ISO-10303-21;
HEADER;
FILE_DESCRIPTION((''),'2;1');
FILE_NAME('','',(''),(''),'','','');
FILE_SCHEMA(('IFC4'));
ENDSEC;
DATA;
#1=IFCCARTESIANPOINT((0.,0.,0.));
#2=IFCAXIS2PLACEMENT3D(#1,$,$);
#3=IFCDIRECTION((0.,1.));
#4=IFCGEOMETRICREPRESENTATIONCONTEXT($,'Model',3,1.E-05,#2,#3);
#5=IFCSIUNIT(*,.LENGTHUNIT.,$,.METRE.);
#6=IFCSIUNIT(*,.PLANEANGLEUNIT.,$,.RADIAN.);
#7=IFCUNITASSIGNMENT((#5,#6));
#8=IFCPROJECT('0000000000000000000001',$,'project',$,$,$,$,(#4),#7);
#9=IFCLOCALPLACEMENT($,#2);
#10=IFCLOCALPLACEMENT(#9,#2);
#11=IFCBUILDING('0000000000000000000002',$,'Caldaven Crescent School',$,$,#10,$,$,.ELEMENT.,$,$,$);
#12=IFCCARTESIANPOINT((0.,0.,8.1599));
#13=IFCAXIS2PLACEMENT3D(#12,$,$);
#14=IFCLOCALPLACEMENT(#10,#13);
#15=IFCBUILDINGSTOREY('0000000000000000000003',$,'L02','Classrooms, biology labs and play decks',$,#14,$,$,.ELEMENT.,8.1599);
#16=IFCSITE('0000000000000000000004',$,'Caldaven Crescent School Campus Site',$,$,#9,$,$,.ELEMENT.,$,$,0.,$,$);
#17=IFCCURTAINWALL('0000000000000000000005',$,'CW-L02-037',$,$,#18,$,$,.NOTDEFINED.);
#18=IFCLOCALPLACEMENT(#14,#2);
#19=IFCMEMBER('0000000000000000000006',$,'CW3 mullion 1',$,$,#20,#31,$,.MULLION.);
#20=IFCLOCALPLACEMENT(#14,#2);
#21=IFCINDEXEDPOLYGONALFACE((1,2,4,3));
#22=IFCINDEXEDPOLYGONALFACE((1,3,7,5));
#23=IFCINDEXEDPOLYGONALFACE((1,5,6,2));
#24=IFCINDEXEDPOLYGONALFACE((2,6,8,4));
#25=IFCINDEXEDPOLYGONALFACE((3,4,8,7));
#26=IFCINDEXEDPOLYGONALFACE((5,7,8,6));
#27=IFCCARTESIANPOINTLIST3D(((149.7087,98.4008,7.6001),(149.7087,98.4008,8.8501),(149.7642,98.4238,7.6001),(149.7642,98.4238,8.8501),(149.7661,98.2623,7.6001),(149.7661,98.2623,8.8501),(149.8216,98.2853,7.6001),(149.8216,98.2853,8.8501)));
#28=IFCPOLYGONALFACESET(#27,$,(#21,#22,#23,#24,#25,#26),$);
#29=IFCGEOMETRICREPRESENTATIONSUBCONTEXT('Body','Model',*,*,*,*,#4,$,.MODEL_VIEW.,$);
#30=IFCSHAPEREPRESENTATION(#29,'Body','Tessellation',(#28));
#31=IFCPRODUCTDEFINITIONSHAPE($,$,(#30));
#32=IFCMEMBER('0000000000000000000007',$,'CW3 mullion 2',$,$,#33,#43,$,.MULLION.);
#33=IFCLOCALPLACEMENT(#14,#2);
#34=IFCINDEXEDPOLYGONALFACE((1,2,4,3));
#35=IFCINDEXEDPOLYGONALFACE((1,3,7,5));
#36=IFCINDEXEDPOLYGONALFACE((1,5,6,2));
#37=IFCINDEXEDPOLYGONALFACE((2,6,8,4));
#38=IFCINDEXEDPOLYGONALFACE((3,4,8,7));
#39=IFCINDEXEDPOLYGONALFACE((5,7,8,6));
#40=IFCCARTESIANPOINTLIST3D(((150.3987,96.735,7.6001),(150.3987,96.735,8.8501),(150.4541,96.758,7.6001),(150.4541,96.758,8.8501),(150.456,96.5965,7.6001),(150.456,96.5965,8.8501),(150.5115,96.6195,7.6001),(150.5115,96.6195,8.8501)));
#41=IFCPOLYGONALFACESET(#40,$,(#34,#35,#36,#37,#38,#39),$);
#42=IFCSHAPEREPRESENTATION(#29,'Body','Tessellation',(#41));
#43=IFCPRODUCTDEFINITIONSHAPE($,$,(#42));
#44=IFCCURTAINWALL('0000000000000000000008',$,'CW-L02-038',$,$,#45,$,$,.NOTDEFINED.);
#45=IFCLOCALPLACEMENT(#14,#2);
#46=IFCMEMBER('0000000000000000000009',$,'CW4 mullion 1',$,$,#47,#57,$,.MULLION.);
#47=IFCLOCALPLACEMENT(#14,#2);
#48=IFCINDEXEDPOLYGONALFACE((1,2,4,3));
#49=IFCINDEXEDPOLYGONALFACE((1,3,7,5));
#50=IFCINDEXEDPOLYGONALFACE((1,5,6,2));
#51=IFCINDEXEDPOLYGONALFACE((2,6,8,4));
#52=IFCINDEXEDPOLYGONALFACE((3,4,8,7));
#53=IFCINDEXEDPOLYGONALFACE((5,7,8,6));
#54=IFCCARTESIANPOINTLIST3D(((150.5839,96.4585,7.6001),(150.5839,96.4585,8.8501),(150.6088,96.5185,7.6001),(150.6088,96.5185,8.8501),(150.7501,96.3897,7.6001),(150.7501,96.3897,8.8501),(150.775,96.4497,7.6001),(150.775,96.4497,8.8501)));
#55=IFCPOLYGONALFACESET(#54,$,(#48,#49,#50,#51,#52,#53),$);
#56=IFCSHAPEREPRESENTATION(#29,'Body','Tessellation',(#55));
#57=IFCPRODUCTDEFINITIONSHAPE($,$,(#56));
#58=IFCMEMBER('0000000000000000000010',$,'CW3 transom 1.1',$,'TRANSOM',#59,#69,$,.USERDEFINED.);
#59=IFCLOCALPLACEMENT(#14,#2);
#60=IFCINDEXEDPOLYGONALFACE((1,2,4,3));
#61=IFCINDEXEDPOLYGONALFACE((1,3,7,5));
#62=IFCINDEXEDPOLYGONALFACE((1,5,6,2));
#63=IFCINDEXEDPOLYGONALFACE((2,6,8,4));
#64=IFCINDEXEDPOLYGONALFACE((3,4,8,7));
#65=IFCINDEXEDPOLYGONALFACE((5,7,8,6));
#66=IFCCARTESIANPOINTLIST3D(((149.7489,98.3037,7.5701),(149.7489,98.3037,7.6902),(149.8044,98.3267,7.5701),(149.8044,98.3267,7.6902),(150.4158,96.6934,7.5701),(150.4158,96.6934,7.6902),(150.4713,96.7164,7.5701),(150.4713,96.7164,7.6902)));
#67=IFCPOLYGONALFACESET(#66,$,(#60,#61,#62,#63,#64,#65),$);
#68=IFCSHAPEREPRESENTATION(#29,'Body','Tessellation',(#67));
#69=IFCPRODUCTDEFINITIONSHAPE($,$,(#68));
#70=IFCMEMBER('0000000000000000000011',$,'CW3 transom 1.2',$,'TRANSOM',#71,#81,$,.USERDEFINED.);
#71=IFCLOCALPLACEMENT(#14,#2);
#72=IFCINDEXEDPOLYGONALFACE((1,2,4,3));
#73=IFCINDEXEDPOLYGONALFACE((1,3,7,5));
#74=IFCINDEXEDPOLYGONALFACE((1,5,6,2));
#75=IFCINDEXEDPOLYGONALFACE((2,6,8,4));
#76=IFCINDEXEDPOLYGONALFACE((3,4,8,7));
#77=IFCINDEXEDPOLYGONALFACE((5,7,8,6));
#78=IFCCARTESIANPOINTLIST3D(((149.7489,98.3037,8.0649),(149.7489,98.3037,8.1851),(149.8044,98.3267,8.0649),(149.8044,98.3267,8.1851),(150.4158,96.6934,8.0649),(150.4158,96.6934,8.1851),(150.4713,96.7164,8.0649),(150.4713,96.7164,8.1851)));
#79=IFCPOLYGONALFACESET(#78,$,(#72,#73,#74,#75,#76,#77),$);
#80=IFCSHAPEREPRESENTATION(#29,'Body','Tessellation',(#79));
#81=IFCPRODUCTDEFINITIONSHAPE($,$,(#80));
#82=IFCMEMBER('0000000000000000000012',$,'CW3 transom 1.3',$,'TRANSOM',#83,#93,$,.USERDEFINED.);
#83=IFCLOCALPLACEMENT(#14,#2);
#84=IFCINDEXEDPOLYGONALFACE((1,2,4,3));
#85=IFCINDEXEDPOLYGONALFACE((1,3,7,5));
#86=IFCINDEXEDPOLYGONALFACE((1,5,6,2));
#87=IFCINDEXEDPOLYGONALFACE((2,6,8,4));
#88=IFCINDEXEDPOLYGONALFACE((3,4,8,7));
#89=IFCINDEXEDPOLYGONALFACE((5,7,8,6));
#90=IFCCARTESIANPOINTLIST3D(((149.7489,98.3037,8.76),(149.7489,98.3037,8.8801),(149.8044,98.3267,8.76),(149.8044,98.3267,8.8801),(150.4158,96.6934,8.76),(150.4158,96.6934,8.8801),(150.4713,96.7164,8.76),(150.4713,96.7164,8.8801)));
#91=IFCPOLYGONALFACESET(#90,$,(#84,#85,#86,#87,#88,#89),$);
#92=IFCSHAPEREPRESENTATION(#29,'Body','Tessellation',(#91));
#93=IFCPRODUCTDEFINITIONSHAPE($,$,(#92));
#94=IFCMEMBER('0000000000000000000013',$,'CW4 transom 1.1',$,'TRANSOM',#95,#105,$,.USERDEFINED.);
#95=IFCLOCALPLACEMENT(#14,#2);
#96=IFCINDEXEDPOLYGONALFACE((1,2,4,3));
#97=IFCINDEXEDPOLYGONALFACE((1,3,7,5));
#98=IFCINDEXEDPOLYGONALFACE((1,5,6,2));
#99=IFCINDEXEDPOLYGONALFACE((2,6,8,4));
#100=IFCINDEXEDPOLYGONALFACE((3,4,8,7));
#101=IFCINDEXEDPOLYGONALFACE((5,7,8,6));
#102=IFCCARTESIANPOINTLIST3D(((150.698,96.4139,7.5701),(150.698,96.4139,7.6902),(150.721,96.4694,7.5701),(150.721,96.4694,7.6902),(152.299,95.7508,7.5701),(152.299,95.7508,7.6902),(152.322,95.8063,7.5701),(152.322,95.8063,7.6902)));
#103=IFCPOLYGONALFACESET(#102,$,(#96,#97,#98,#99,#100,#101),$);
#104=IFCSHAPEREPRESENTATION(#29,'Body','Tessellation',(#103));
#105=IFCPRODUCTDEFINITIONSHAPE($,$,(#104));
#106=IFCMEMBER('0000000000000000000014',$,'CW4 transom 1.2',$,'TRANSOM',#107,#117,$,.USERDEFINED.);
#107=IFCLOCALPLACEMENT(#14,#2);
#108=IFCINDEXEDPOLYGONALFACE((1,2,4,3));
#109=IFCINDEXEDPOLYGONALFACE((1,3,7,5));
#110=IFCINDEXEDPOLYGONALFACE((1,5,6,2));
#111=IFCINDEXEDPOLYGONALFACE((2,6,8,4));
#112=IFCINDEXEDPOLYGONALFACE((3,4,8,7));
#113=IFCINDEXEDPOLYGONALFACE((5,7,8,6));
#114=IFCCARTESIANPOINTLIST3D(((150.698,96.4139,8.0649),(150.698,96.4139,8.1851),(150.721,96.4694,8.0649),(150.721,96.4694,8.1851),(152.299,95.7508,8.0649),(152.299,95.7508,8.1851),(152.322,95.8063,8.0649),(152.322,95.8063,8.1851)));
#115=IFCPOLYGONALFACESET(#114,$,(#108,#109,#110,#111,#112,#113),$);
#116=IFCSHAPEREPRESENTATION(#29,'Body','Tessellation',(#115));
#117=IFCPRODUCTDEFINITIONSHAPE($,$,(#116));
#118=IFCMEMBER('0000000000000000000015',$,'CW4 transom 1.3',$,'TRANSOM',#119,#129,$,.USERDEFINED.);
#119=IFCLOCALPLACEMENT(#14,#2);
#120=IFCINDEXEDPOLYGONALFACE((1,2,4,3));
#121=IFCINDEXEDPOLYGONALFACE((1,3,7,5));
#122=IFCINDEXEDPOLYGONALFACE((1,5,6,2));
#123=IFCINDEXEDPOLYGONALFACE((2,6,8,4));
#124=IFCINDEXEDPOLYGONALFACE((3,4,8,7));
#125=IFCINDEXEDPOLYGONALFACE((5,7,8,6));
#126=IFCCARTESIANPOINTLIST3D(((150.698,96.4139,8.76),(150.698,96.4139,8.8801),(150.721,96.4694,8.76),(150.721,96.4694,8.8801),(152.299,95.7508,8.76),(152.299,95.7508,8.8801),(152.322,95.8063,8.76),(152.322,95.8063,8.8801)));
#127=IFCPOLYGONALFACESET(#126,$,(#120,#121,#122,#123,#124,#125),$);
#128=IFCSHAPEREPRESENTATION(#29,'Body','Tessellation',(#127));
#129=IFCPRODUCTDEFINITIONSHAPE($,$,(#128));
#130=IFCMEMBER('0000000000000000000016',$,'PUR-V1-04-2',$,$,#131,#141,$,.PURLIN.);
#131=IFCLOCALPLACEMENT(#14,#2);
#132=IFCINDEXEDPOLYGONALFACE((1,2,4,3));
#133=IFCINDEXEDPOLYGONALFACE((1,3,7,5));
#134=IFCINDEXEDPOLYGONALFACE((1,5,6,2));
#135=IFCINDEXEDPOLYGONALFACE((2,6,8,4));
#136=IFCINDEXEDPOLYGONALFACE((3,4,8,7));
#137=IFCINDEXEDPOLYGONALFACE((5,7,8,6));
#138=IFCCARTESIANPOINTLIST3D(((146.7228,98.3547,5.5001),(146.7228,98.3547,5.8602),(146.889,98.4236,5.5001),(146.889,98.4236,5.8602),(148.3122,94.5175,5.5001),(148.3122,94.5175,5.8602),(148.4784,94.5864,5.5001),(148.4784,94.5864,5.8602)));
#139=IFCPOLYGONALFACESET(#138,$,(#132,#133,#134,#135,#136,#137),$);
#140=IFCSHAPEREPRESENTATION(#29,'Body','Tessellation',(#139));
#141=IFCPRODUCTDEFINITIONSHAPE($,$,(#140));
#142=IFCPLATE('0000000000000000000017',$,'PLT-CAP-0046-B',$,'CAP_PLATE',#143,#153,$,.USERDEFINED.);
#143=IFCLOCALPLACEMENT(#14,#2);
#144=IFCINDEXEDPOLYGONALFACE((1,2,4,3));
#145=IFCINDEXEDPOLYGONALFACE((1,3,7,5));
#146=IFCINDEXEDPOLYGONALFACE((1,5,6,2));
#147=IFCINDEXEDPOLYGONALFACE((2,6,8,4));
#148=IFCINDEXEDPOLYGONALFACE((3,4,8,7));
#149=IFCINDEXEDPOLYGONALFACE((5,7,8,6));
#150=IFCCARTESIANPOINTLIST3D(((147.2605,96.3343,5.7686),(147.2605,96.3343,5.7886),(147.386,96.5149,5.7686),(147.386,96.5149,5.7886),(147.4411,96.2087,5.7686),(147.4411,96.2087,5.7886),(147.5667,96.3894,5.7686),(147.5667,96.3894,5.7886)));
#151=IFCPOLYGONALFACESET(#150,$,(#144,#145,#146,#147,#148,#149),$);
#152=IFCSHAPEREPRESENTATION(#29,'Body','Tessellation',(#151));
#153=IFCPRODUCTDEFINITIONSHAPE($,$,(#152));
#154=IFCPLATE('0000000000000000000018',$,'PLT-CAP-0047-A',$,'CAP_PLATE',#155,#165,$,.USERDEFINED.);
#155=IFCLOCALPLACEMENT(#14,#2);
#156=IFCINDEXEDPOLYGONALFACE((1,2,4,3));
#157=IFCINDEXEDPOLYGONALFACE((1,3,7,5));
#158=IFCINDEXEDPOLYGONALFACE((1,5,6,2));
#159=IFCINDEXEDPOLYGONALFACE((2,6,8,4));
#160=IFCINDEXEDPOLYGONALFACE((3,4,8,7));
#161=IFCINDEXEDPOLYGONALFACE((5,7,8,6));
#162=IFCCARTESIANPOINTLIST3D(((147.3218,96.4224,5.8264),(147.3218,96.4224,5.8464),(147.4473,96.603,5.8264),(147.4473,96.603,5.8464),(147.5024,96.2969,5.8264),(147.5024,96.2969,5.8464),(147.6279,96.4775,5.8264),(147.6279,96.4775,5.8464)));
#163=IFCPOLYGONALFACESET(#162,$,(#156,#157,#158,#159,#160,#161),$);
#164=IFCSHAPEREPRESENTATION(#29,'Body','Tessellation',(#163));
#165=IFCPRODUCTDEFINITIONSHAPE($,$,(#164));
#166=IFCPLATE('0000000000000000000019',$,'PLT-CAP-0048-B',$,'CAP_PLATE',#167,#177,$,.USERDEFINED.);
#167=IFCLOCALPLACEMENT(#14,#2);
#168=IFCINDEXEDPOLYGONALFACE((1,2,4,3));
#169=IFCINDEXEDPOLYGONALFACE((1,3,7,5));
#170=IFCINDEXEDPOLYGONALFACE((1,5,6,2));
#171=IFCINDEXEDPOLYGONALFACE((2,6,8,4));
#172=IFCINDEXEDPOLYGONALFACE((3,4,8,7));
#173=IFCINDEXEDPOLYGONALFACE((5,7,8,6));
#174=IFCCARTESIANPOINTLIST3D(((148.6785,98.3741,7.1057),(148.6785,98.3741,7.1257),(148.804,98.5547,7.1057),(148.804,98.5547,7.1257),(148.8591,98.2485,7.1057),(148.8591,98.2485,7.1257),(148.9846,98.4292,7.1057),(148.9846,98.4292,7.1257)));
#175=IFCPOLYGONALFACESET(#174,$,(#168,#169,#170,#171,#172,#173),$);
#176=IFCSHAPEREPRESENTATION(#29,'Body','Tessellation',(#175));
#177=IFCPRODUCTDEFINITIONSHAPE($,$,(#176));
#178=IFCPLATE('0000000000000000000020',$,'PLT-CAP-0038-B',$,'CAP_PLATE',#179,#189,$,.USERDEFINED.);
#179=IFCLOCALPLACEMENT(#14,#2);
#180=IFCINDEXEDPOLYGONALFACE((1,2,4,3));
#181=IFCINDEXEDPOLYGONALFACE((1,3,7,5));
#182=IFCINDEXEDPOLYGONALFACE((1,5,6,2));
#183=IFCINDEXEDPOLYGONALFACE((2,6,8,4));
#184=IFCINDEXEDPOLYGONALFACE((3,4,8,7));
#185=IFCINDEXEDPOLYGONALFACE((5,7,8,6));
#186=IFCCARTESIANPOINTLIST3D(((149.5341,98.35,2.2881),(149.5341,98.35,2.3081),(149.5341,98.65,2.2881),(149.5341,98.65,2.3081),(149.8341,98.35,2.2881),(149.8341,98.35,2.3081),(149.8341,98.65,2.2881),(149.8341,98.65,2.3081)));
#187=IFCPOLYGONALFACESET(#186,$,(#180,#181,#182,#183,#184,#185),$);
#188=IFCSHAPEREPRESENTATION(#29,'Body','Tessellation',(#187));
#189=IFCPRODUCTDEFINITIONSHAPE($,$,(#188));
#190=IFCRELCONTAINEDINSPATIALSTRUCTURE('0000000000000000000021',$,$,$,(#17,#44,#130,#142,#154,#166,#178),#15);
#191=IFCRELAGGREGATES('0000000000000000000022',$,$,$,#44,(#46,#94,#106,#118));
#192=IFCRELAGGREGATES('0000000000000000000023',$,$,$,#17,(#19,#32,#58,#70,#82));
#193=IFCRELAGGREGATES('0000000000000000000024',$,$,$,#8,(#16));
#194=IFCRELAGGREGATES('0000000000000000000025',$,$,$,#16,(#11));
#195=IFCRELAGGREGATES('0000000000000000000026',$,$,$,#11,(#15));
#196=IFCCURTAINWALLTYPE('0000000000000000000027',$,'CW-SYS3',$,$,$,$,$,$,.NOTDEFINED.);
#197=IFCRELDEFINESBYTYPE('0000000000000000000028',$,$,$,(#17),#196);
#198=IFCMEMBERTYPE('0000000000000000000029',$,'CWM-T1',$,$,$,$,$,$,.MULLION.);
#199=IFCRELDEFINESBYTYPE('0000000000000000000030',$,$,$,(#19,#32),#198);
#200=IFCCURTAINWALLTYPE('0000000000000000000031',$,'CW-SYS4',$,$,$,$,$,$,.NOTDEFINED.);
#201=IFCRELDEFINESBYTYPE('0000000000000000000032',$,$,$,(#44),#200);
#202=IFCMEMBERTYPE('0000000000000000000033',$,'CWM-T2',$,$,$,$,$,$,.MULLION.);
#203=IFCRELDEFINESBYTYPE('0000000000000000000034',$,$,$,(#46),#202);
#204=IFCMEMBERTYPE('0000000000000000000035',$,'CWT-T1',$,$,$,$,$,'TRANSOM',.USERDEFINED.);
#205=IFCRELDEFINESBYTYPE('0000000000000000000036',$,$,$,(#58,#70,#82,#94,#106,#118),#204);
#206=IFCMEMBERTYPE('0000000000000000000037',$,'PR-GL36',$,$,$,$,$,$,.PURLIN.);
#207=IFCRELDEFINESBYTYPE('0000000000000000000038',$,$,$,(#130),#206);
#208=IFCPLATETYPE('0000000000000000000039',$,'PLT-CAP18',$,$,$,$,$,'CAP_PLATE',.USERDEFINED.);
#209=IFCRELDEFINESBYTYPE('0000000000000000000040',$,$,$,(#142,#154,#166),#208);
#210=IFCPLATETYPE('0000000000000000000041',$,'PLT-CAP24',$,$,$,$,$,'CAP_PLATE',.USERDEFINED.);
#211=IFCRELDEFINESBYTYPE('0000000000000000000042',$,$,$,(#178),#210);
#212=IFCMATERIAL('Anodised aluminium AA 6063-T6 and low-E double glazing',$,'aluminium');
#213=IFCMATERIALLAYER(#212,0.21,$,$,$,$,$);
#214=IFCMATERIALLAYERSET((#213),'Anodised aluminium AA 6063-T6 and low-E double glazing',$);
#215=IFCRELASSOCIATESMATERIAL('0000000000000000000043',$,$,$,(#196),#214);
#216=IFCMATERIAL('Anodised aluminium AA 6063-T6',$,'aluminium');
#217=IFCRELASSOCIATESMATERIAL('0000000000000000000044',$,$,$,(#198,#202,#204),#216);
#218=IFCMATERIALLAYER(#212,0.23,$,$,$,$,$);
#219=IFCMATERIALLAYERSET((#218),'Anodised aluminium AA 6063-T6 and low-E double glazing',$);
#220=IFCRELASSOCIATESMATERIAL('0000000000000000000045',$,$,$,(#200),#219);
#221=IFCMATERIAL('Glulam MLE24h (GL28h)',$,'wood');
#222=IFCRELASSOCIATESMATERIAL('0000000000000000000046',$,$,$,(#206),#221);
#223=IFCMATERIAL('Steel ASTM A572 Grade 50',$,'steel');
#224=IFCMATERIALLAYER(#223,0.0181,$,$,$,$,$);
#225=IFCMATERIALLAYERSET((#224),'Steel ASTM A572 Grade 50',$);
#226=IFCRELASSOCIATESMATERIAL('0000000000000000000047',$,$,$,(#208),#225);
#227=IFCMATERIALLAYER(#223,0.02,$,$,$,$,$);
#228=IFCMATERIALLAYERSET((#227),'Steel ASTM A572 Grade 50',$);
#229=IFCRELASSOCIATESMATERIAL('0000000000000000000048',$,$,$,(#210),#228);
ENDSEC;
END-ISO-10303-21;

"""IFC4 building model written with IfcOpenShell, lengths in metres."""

from ifc_helpers import new_model, si_unit, direction, frame, origin, origin_2d, place, context, subcontext, project, spatial, rectangle, extrude, material, layer, layer_set, material_profile, profile_set, type_object, element, aggregate, save


model = new_model("IFC4")

# Units and contexts
model_context = context("Model", 3, precision=1e-05, world=origin(), true_north=direction((0.0, 1.0)))
body_context = subcontext(model_context, "Body", "Model", "MODEL_VIEW")
ifc_project = project(units=[si_unit("LENGTHUNIT", "METRE"), si_unit("PLANEANGLEUNIT", "RADIAN")], contexts=[model_context])

# Site, building, storey
site_placement = place(None, origin())
site = spatial("IfcSite", under=ifc_project, at=site_placement, Name="Caldaven Crescent School Campus Site", CompositionType="ELEMENT", RefElevation=0.0)
building_placement = place(site_placement, origin())
building = spatial("IfcBuilding", under=site, at=building_placement, Name="Caldaven Crescent School", CompositionType="ELEMENT")
storey_placement = place(building_placement, frame((0.0, 0.0, 8.1599)))
storey = spatial("IfcBuildingStorey", under=building, at=storey_placement, Name="L02", Description="Classrooms, biology labs and play decks", CompositionType="ELEMENT", Elevation=8.1599)

# Shared definitions
ifc_material_1 = material(Name="Steel ASTM A572 Grade 50", Category="steel")

# Curtain wall, members
ifc_material_2 = material(Name="Anodised aluminium AA 6063-T6 and low-E double glazing", Category="aluminium")
ifc_layer_1 = layer(ifc_material_2, 0.21)
ifc_layer_set_1 = layer_set([ifc_layer_1], Name="Anodised aluminium AA 6063-T6 and low-E double glazing")
curtain_wall_type_1 = type_object("IfcCurtainWallType", Name="CW-SYS3", PredefinedType="NOTDEFINED", material=ifc_layer_set_1)
curtain_wall_1_placement = place(storey_placement, origin())
curtain_wall_1 = element("IfcCurtainWall", 1, at=curtain_wall_1_placement, inside=storey, type_object=curtain_wall_type_1, Name="CW-L02-037", PredefinedType="NOTDEFINED")
ifc_material_3 = material(Name="Anodised aluminium AA 6063-T6", Category="aluminium")
ifc_material_profile_1 = material_profile(ifc_material_3, rectangle(XDim=0.0601, YDim=0.1499, at=origin_2d()), Name="CWM 60x150")
ifc_profile_set_1 = profile_set([ifc_material_profile_1], Name="Anodised aluminium AA 6063-T6")
member_type_1 = type_object("IfcMemberType", Name="CWM-T1", PredefinedType="MULLION", material=ifc_profile_set_1)
member_1_placement = place(storey_placement, frame((149.7651, 98.343, 7.6001), z_axis=(0.0, 0.0, 1.0), x_axis=(0.92388, 0.382682, 0.0)))
member_1 = element("IfcMember", 2, at=member_1_placement, type_object=member_type_1, Name="CW3 mullion 1", PredefinedType="MULLION", context=body_context, shape_type="SweptSolid", body=[
    extrude(rectangle(XDim=0.0601, YDim=0.1499, at=origin_2d()), origin(), (0.0, 0.0, 1.0), 1.25),
])
member_2_placement = place(storey_placement, frame((150.4551, 96.6772, 7.6001), z_axis=(0.0, 0.0, 1.0), x_axis=(0.92388, 0.382682, 0.0)))
member_2 = element("IfcMember", 3, at=member_2_placement, type_object=member_type_1, Name="CW3 mullion 2", PredefinedType="MULLION", context=body_context, shape_type="SweptSolid", body=[
    extrude(rectangle(XDim=0.0601, YDim=0.1499, at=origin_2d()), origin(), (0.0, 0.0, 1.0), 1.25),
])

# Curtain wall, member
ifc_layer_2 = layer(ifc_material_2, 0.23)
ifc_layer_set_2 = layer_set([ifc_layer_2], Name="Anodised aluminium AA 6063-T6 and low-E double glazing")
curtain_wall_type_2 = type_object("IfcCurtainWallType", Name="CW-SYS4", PredefinedType="NOTDEFINED", material=ifc_layer_set_2)
curtain_wall_2_placement = place(storey_placement, origin())
curtain_wall_2 = element("IfcCurtainWall", 4, at=curtain_wall_2_placement, inside=storey, type_object=curtain_wall_type_2, Name="CW-L02-038", PredefinedType="NOTDEFINED")
ifc_material_profile_2 = material_profile(ifc_material_3, rectangle(XDim=0.0649, YDim=0.1799, at=origin_2d()), Name="CWM 65x180")
ifc_profile_set_2 = profile_set([ifc_material_profile_2], Name="Anodised aluminium AA 6063-T6")
member_type_2 = type_object("IfcMemberType", Name="CWM-T2", PredefinedType="MULLION", material=ifc_profile_set_2)
member_3_placement = place(storey_placement, frame((150.6794, 96.4541, 7.6001), z_axis=(0.0, 0.0, 1.0), x_axis=(0.382682, 0.92388, 0.0)))
member_3 = element("IfcMember", 5, at=member_3_placement, type_object=member_type_2, Name="CW4 mullion 1", PredefinedType="MULLION", context=body_context, shape_type="SweptSolid", body=[
    extrude(rectangle(XDim=0.0649, YDim=0.1799, at=origin_2d()), origin(), (0.0, 0.0, 1.0), 1.25),
])

# Members
ifc_material_profile_3 = material_profile(ifc_material_3, rectangle(XDim=0.0601, YDim=0.1201, at=origin_2d()), Name="CWT 60x120")
ifc_profile_set_3 = profile_set([ifc_material_profile_3], Name="Anodised aluminium AA 6063-T6")
member_type_3 = type_object("IfcMemberType", Name="CWT-T1", ElementType="TRANSOM", PredefinedType="USERDEFINED", material=ifc_profile_set_3)
member_4_placement = place(storey_placement, frame((149.7766, 98.3152, 7.6301), z_axis=(0.382665, -0.923887, 0.0), x_axis=(0.923887, 0.382665, 0.0)))
member_4 = element("IfcMember", 6, at=member_4_placement, type_object=member_type_3, Name="CW3 transom 1.1", ObjectType="TRANSOM", PredefinedType="USERDEFINED", context=body_context, shape_type="SweptSolid", body=[
    extrude(rectangle(XDim=0.0601, YDim=0.1201, at=origin_2d()), origin(), (0.0, 0.0, 1.0), 1.7429),
])
member_5_placement = place(storey_placement, frame((149.7766, 98.3152, 8.125), z_axis=(0.382665, -0.923887, 0.0), x_axis=(0.923887, 0.382665, 0.0)))
member_5 = element("IfcMember", 7, at=member_5_placement, type_object=member_type_3, Name="CW3 transom 1.2", ObjectType="TRANSOM", PredefinedType="USERDEFINED", context=body_context, shape_type="SweptSolid", body=[
    extrude(rectangle(XDim=0.0601, YDim=0.1201, at=origin_2d()), origin(), (0.0, 0.0, 1.0), 1.7429),
])
member_6_placement = place(storey_placement, frame((149.7766, 98.3152, 8.8201), z_axis=(0.382665, -0.923887, 0.0), x_axis=(0.923887, 0.382665, 0.0)))
member_6 = element("IfcMember", 8, at=member_6_placement, type_object=member_type_3, Name="CW3 transom 1.3", ObjectType="TRANSOM", PredefinedType="USERDEFINED", context=body_context, shape_type="SweptSolid", body=[
    extrude(rectangle(XDim=0.0601, YDim=0.1201, at=origin_2d()), origin(), (0.0, 0.0, 1.0), 1.7429),
])
member_7_placement = place(storey_placement, frame((150.7095, 96.4417, 7.6301), z_axis=(0.9239, -0.382634, 0.0), x_axis=(0.382634, 0.9239, 0.0)))
member_7 = element("IfcMember", 9, at=member_7_placement, type_object=member_type_3, Name="CW4 transom 1.1", ObjectType="TRANSOM", PredefinedType="USERDEFINED", context=body_context, shape_type="SweptSolid", body=[
    extrude(rectangle(XDim=0.0601, YDim=0.1201, at=origin_2d()), origin(), (0.0, 0.0, 1.0), 1.7329),
])
member_8_placement = place(storey_placement, frame((150.7095, 96.4417, 8.125), z_axis=(0.9239, -0.382634, 0.0), x_axis=(0.382634, 0.9239, 0.0)))
member_8 = element("IfcMember", 10, at=member_8_placement, type_object=member_type_3, Name="CW4 transom 1.2", ObjectType="TRANSOM", PredefinedType="USERDEFINED", context=body_context, shape_type="SweptSolid", body=[
    extrude(rectangle(XDim=0.0601, YDim=0.1201, at=origin_2d()), origin(), (0.0, 0.0, 1.0), 1.7329),
])
member_9_placement = place(storey_placement, frame((150.7095, 96.4417, 8.8201), z_axis=(0.9239, -0.382634, 0.0), x_axis=(0.382634, 0.9239, 0.0)))
member_9 = element("IfcMember", 11, at=member_9_placement, type_object=member_type_3, Name="CW4 transom 1.3", ObjectType="TRANSOM", PredefinedType="USERDEFINED", context=body_context, shape_type="SweptSolid", body=[
    extrude(rectangle(XDim=0.0601, YDim=0.1201, at=origin_2d()), origin(), (0.0, 0.0, 1.0), 1.7329),
])
aggregate(curtain_wall_2, [member_3, member_7, member_8, member_9])
ifc_material_4 = material(Name="Glulam MLE24h (GL28h)", Category="wood")
ifc_material_profile_4 = material_profile(ifc_material_4, rectangle(XDim=0.1799, YDim=0.3601, at=origin_2d()), Name="MLE 180x360")
ifc_profile_set_4 = profile_set([ifc_material_profile_4], Name="Glulam MLE24h (GL28h)")
member_type_4 = type_object("IfcMemberType", Name="PR-GL36", PredefinedType="PURLIN", material=ifc_profile_set_4)
member_10_placement = place(storey_placement, frame((146.8059, 98.3892, 5.6802), z_axis=(0.382674, -0.923884, 0.0), x_axis=(0.923884, 0.382674, 0.0)))
element("IfcMember", 12, at=member_10_placement, inside=storey, type_object=member_type_4, Name="PUR-V1-04-2", PredefinedType="PURLIN", context=body_context, shape_type="SweptSolid", body=[
    extrude(rectangle(XDim=0.1799, YDim=0.3601, at=origin_2d()), origin(), (0.0, 0.0, 1.0), 4.1533),
])

# Plates
ifc_layer_3 = layer(ifc_material_1, 0.0181)
ifc_layer_set_3 = layer_set([ifc_layer_3], Name="Steel ASTM A572 Grade 50")
plate_type_1 = type_object("IfcPlateType", Name="PLT-CAP18", ElementType="CAP_PLATE", PredefinedType="USERDEFINED", material=ifc_layer_set_3)
for number, where, z_axis, x_axis, name in (
    (13, (147.4136, 96.3618, 5.7686), (0.0, 0.0, 1.0), (0.570714, 0.821149, 0.0), "PLT-CAP-0046-B"),
    (14, (147.4749, 96.45, 5.8264), (0.0, 0.0, 1.0), (0.570714, 0.821149, 0.0), "PLT-CAP-0047-A"),
    (15, (148.8315, 98.4016, 7.1057), (0.0, 0.0, 1.0), (0.570714, 0.821149, 0.0), "PLT-CAP-0048-B"),
):
    element("IfcPlate", number, at=place(storey_placement, frame(where, z_axis=z_axis, x_axis=x_axis)), inside=storey, type_object=plate_type_1, Name=name, ObjectType="CAP_PLATE", PredefinedType="USERDEFINED", context=body_context, shape_type="SweptSolid", body=[
        extrude(rectangle(XDim=0.22, YDim=0.22, at=origin_2d()), origin(), (0.0, 0.0, 1.0), 0.02),
    ])
ifc_layer_4 = layer(ifc_material_1, 0.02)
ifc_layer_set_4 = layer_set([ifc_layer_4], Name="Steel ASTM A572 Grade 50")
plate_type_2 = type_object("IfcPlateType", Name="PLT-CAP24", ElementType="CAP_PLATE", PredefinedType="USERDEFINED", material=ifc_layer_set_4)
for number, where, z_axis, x_axis, name in (
    (16, (149.6841, 98.5, 2.2881), (0.0, 0.0, 1.0), (1.0, 0.0, 0.0), "PLT-CAP-0038-B"),
):
    element("IfcPlate", number, at=place(storey_placement, frame(where, z_axis=z_axis, x_axis=x_axis)), inside=storey, type_object=plate_type_2, Name=name, ObjectType="CAP_PLATE", PredefinedType="USERDEFINED", context=body_context, shape_type="SweptSolid", body=[
        extrude(rectangle(XDim=0.3, YDim=0.3, at=origin_2d()), origin(), (0.0, 0.0, 1.0), 0.02),
    ])

aggregate(curtain_wall_1, [member_1, member_2, member_4, member_5, member_6])

save(model, "model.ifc")
